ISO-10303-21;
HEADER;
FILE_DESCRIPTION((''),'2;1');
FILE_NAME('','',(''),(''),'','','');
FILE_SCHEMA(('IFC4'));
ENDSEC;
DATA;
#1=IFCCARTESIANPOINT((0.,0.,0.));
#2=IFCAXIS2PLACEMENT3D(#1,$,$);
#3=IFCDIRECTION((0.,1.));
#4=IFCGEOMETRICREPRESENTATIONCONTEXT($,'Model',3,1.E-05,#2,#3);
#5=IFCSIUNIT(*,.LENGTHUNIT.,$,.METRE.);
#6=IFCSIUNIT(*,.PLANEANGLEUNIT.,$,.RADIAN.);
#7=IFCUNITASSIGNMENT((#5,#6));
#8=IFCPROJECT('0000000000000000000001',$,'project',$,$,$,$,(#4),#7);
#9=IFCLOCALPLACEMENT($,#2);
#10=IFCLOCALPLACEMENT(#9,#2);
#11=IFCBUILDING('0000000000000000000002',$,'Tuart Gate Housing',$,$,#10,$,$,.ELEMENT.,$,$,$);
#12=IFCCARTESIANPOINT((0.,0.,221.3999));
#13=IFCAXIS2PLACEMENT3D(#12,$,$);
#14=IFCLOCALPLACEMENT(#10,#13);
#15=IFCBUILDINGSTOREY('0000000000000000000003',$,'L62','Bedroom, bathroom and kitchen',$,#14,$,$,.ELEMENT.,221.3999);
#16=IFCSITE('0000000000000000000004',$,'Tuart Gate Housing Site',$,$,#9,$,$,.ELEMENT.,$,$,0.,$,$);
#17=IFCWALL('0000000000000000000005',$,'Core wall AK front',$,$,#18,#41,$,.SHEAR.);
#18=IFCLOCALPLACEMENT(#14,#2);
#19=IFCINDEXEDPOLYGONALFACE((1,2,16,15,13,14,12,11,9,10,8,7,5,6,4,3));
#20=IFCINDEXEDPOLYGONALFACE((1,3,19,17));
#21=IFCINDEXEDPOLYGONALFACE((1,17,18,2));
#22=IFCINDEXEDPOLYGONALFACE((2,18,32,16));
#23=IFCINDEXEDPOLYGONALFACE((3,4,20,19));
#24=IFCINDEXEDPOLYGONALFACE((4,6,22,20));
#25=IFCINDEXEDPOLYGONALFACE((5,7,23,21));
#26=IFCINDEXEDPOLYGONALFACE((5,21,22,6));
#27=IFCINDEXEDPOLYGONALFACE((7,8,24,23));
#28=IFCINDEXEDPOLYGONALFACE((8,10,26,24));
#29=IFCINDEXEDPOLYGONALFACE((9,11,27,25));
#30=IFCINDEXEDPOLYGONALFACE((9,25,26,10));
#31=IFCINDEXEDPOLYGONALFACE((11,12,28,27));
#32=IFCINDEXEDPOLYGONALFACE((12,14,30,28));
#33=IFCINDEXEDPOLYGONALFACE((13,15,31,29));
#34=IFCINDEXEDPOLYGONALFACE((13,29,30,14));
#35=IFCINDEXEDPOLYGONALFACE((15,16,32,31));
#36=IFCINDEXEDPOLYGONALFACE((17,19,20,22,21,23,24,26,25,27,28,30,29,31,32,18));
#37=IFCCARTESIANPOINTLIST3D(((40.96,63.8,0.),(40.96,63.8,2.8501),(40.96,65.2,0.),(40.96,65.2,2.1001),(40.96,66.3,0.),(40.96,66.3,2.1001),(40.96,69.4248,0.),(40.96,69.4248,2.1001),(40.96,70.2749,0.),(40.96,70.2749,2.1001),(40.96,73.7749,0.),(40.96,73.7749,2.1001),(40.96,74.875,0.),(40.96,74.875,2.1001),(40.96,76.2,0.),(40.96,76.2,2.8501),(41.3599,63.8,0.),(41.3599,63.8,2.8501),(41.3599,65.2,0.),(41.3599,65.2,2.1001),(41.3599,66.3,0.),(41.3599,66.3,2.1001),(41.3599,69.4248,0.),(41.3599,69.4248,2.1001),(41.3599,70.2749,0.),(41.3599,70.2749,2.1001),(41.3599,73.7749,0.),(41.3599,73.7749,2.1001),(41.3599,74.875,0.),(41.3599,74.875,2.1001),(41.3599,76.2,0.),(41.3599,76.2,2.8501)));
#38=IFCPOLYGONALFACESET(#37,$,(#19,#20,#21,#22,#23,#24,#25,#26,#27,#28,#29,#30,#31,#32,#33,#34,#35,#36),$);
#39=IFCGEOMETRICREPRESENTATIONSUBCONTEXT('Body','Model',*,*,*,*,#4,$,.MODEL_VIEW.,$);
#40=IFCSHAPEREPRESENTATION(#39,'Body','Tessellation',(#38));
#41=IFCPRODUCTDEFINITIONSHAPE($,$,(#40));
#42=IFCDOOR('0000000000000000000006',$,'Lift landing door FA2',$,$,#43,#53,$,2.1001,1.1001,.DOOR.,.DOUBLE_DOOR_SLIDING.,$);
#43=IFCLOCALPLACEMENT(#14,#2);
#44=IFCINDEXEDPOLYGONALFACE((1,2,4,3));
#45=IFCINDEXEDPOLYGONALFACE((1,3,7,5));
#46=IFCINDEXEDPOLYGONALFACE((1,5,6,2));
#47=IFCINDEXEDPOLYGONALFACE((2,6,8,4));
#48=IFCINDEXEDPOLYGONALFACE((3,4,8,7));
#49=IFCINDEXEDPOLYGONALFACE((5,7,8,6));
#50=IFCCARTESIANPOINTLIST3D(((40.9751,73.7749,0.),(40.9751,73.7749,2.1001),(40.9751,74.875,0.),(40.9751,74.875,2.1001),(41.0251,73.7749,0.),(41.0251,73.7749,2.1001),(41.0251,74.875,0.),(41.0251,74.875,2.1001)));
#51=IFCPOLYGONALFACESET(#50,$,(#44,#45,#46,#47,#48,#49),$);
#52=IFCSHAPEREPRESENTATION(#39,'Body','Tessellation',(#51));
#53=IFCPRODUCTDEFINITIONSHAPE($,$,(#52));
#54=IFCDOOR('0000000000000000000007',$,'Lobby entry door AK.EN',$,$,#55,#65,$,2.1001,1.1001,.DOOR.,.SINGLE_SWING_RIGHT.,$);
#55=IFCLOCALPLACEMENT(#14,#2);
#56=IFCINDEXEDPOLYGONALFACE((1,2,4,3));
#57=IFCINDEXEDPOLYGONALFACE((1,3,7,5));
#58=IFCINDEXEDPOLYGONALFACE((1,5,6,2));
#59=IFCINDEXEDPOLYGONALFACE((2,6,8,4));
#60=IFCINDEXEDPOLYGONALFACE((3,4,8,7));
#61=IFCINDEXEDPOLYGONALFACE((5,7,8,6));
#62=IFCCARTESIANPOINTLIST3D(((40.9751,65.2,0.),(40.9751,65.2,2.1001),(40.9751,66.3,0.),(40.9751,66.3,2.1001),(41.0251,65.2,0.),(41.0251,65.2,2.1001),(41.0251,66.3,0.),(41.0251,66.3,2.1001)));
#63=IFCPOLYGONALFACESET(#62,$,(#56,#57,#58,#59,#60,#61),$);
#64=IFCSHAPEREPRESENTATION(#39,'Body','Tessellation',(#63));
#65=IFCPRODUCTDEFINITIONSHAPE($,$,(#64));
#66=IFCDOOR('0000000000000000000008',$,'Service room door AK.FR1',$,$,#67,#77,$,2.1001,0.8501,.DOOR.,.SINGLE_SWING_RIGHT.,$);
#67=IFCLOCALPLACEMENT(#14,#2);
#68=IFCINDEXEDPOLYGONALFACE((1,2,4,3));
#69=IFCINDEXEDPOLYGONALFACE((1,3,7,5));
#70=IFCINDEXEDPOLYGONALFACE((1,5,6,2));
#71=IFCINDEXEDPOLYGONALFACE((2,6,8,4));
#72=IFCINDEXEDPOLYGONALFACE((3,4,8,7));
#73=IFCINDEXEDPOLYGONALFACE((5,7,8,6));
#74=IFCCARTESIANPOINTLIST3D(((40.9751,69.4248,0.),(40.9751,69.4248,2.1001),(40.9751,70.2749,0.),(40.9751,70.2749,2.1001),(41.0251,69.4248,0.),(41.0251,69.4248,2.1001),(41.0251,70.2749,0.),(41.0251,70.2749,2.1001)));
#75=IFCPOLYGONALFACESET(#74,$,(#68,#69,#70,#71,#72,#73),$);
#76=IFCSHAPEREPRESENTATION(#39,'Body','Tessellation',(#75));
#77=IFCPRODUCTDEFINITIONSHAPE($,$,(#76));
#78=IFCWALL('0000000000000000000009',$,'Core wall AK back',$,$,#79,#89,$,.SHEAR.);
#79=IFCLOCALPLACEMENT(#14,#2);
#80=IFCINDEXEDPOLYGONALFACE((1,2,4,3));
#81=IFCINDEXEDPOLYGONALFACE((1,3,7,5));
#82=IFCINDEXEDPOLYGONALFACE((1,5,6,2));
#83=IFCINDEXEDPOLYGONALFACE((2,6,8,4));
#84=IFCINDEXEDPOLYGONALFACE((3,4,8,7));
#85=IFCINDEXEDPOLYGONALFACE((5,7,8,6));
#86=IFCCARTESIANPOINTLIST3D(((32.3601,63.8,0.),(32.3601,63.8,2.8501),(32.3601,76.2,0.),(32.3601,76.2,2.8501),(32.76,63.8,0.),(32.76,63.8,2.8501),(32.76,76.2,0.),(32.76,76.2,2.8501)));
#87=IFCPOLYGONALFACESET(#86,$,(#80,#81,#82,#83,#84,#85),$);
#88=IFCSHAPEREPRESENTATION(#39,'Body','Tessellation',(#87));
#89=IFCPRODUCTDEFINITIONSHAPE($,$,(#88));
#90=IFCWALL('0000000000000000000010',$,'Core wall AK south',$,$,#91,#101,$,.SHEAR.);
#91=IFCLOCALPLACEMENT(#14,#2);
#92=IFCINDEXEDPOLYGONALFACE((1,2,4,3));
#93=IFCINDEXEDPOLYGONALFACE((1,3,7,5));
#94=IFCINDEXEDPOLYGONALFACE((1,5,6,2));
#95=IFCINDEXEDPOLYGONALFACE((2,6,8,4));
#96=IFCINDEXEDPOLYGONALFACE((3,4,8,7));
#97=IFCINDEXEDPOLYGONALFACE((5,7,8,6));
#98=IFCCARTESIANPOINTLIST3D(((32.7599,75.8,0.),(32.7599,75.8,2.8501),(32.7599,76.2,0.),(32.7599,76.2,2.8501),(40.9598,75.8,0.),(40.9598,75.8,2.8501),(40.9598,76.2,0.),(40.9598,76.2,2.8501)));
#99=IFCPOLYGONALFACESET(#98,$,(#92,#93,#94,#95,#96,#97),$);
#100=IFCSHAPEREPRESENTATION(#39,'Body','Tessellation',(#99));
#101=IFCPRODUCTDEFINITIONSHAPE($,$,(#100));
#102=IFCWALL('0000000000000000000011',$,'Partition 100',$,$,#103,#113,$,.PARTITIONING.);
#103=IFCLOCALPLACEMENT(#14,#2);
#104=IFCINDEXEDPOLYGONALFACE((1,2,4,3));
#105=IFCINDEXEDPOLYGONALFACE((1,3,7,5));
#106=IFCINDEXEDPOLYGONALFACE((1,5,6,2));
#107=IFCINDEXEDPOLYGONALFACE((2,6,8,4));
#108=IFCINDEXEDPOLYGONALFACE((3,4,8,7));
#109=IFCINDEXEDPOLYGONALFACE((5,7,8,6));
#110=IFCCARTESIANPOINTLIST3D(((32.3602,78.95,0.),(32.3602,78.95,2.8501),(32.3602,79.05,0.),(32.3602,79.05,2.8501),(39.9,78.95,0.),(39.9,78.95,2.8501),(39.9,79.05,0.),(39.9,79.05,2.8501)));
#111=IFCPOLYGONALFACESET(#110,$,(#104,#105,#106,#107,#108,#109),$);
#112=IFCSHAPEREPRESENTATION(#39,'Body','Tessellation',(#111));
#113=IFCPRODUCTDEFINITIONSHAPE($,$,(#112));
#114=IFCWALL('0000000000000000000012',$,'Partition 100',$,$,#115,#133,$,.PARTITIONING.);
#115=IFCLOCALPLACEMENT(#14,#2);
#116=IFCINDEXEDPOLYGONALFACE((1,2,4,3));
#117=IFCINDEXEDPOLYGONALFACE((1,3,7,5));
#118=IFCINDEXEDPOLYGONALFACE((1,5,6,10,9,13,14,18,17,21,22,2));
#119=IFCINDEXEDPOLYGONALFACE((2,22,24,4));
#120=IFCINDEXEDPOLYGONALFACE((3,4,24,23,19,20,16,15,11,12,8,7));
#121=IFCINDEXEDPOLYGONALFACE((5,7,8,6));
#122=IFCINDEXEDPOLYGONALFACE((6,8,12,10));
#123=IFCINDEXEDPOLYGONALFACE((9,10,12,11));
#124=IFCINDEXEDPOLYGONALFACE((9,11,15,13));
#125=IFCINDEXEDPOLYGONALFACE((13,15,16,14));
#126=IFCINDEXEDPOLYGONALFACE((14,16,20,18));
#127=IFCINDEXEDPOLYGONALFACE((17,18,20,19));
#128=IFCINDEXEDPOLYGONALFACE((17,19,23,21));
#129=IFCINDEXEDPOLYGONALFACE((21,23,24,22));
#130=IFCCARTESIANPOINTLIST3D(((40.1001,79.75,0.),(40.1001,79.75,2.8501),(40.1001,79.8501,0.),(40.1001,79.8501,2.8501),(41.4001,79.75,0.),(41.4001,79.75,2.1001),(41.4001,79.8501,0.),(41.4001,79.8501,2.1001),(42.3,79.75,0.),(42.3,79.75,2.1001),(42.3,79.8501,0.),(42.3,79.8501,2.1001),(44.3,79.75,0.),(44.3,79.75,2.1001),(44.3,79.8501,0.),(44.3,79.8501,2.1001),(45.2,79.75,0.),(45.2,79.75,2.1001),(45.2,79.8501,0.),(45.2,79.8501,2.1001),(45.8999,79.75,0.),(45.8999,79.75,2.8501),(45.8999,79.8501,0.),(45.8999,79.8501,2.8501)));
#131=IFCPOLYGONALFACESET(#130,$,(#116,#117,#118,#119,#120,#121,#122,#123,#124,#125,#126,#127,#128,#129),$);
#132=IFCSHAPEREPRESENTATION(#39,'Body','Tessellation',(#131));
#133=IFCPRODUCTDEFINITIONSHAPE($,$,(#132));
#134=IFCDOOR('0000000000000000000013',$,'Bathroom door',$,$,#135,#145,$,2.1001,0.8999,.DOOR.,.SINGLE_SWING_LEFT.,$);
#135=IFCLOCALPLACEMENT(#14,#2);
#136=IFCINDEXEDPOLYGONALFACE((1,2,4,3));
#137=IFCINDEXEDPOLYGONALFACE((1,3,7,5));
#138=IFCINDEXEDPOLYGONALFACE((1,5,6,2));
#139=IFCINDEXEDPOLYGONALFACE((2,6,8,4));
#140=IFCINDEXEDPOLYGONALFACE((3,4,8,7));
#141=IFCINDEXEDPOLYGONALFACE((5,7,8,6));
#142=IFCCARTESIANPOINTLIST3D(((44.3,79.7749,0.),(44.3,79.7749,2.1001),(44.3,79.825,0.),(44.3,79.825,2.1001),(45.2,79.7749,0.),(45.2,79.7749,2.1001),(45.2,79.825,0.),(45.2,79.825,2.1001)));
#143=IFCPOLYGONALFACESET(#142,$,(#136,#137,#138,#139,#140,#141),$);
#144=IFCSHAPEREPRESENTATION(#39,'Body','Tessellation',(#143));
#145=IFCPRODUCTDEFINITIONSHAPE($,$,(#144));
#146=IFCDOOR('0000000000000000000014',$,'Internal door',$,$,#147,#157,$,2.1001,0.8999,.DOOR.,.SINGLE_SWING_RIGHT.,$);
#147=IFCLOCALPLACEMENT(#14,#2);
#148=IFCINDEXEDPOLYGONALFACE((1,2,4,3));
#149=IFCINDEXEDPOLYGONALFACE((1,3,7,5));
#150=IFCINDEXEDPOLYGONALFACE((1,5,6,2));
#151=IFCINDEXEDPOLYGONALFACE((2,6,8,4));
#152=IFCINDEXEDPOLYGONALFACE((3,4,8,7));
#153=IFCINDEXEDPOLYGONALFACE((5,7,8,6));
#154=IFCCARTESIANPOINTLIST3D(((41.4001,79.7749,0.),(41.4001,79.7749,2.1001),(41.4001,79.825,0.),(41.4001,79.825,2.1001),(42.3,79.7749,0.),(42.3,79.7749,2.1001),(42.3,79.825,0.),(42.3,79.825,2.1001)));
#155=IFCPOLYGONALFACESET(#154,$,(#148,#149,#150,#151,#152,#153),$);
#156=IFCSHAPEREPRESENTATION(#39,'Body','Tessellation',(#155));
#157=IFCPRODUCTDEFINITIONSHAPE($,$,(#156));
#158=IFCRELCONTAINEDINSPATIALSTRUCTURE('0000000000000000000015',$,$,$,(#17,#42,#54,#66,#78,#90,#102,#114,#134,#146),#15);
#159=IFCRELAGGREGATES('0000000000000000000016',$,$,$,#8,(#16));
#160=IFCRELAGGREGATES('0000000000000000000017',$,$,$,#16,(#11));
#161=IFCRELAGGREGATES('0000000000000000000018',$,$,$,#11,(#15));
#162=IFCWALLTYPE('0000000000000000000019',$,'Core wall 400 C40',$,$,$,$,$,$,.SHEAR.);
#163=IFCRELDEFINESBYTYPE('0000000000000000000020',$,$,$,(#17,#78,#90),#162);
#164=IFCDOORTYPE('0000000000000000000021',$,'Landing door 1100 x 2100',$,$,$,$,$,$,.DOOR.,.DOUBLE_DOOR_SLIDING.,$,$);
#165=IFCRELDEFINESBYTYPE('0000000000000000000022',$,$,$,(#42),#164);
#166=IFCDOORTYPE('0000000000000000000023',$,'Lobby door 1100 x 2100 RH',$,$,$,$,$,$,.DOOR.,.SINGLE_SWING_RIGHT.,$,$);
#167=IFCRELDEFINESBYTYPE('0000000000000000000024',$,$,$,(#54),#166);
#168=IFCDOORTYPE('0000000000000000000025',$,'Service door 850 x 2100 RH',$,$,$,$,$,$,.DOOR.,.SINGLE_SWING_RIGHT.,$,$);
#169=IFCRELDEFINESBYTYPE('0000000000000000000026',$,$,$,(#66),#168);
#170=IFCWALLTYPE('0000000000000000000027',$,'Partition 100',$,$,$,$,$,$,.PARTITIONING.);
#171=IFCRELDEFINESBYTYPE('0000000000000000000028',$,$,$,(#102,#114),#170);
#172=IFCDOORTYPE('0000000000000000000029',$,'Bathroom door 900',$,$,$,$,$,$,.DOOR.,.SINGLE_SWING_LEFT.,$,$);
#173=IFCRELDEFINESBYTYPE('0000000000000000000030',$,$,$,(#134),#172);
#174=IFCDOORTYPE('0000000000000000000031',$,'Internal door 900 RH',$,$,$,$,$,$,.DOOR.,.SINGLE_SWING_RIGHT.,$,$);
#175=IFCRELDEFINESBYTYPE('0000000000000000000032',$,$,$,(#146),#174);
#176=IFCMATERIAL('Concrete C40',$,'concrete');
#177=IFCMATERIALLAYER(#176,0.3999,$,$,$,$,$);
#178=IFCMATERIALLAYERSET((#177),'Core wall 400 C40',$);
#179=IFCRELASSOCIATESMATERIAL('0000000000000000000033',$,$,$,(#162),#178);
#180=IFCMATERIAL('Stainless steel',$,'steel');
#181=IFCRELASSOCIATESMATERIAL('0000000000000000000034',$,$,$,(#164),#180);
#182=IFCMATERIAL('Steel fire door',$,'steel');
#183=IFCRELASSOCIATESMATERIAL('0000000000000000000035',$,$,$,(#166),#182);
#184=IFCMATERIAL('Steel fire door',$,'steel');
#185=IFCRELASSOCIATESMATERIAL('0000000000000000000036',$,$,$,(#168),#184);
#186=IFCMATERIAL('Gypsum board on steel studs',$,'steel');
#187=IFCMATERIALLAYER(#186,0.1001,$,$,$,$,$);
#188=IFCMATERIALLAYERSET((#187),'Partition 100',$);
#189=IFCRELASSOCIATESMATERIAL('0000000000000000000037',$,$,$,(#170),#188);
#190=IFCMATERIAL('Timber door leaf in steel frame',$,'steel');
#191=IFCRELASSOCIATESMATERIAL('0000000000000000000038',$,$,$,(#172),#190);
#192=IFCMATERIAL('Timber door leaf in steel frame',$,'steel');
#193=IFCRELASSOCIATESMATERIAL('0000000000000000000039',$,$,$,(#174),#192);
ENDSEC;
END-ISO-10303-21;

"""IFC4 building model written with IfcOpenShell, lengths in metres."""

from ifc_helpers import new_model, si_unit, direction, frame, frame_2d, origin, place, context, subcontext, project, spatial, rectangle, extrude, material, layer, layer_set, type_object, element, fill, save


model = new_model("IFC4")

# Units and contexts
model_context = context("Model", 3, precision=1e-05, world=origin(), true_north=direction((0.0, 1.0)))
body_context = subcontext(model_context, "Body", "Model", "MODEL_VIEW")
ifc_project = project(units=[si_unit("LENGTHUNIT", "METRE"), si_unit("PLANEANGLEUNIT", "RADIAN")], contexts=[model_context])

# Site, building, storey
site_placement = place(None, origin())
site = spatial("IfcSite", under=ifc_project, at=site_placement, Name="Tuart Gate Housing Site", CompositionType="ELEMENT", RefElevation=0.0)
building_placement = place(site_placement, origin())
building = spatial("IfcBuilding", under=site, at=building_placement, Name="Tuart Gate Housing", CompositionType="ELEMENT")
storey_placement = place(building_placement, frame((0.0, 0.0, 221.3999)))
storey = spatial("IfcBuildingStorey", under=building, at=storey_placement, Name="L62", Description="Bedroom, bathroom and kitchen", CompositionType="ELEMENT", Elevation=221.3999)

# Wall, openings, doors
ifc_material_1 = material(Name="Concrete C40", Category="concrete")
ifc_layer_1 = layer(ifc_material_1, 0.3999)
ifc_layer_set_1 = layer_set([ifc_layer_1], Name="Core wall 400 C40")
wall_type_1 = type_object("IfcWallType", Name="Core wall 400 C40", PredefinedType="SHEAR", material=ifc_layer_set_1)
wall_1_placement = place(storey_placement, frame((41.1599, 76.2, 0.0), z_axis=(0.0, 0.0, 1.0), x_axis=(0.0, -1.0, 0.0)))
wall_1 = element("IfcWall", 1, at=wall_1_placement, inside=storey, type_object=wall_type_1, Name="Core wall AK front", PredefinedType="SHEAR", context=body_context, shape_type="SweptSolid", body=[
    extrude(rectangle(XDim=12.3999, YDim=0.3999, at=frame_2d((6.2, 0.0))), origin(), (0.0, 0.0, 1.0), 2.8501),
])
opening_1_placement = place(wall_1_placement, frame((1.325, 0.0, 0.0)))
opening_1 = element("IfcOpeningElement", 2, at=opening_1_placement, cuts=wall_1, PredefinedType="OPENING", context=body_context, shape_type="SweptSolid", body=[
    extrude(rectangle(XDim=1.1001, YDim=2.1001, at=frame_2d((0.55, 1.05))), frame((0.0, 0.21, 0.0), z_axis=(0.0, -1.0, 0.0), x_axis=(1.0, 0.0, 0.0)), (0.0, 0.0, 1.0), 0.4199),
])
opening_2_placement = place(wall_1_placement, frame((5.925, 0.0, 0.0)))
opening_2 = element("IfcOpeningElement", 3, at=opening_2_placement, cuts=wall_1, PredefinedType="OPENING", context=body_context, shape_type="SweptSolid", body=[
    extrude(rectangle(XDim=0.8501, YDim=2.1001, at=frame_2d((0.425, 1.05))), frame((0.0, 0.21, 0.0), z_axis=(0.0, -1.0, 0.0), x_axis=(1.0, 0.0, 0.0)), (0.0, 0.0, 1.0), 0.4199),
])
opening_3_placement = place(wall_1_placement, frame((9.8999, 0.0, 0.0)))
opening_3 = element("IfcOpeningElement", 4, at=opening_3_placement, cuts=wall_1, PredefinedType="OPENING", context=body_context, shape_type="SweptSolid", body=[
    extrude(rectangle(XDim=1.1001, YDim=2.1001, at=frame_2d((0.55, 1.05))), frame((0.0, 0.21, 0.0), z_axis=(0.0, -1.0, 0.0), x_axis=(1.0, 0.0, 0.0)), (0.0, 0.0, 1.0), 0.4199),
])
ifc_material_2 = material(Name="Stainless steel", Category="steel")
door_type_1 = type_object("IfcDoorType", Name="Landing door 1100 x 2100", OperationType="DOUBLE_DOOR_SLIDING", PredefinedType="DOOR", material=ifc_material_2)
door_1_placement = place(opening_1_placement, origin())
door_1 = element("IfcDoor", 5, at=door_1_placement, inside=storey, type_object=door_type_1, Name="Lift landing door FA2", OperationType="DOUBLE_DOOR_SLIDING", OverallHeight=2.1001, OverallWidth=1.1001, PredefinedType="DOOR", context=body_context, shape_type="SweptSolid", body=[
    extrude(rectangle(XDim=1.1001, YDim=2.1001, at=frame_2d((0.55, 1.05))), frame((0.0, -0.1348, 0.0), z_axis=(0.0, -1.0, 0.0), x_axis=(1.0, 0.0, 0.0)), (0.0, 0.0, 1.0), 0.05),
])
fill(opening_1, door_1)
ifc_material_3 = material(Name="Steel fire door", Category="steel")
door_type_2 = type_object("IfcDoorType", Name="Lobby door 1100 x 2100 RH", OperationType="SINGLE_SWING_RIGHT", PredefinedType="DOOR", material=ifc_material_3)
door_2_placement = place(opening_3_placement, frame((1.1001, 0.0, 0.0), z_axis=(0.0, 0.0, 1.0), x_axis=(-1.0, 0.0, 0.0)))
door_2 = element("IfcDoor", 6, at=door_2_placement, inside=storey, type_object=door_type_2, Name="Lobby entry door AK.EN", OperationType="SINGLE_SWING_RIGHT", OverallHeight=2.1001, OverallWidth=1.1001, PredefinedType="DOOR", context=body_context, shape_type="SweptSolid", body=[
    extrude(rectangle(XDim=1.1001, YDim=2.1001, at=frame_2d((0.55, 1.05))), frame((0.0, 0.1848, 0.0), z_axis=(0.0, -1.0, 0.0), x_axis=(1.0, 0.0, 0.0)), (0.0, 0.0, 1.0), 0.05),
])
fill(opening_3, door_2)
ifc_material_4 = material(Name="Steel fire door", Category="steel")
door_type_3 = type_object("IfcDoorType", Name="Service door 850 x 2100 RH", OperationType="SINGLE_SWING_RIGHT", PredefinedType="DOOR", material=ifc_material_4)
door_3_placement = place(opening_2_placement, frame((0.8501, 0.0, 0.0), z_axis=(0.0, 0.0, 1.0), x_axis=(-1.0, 0.0, 0.0)))
door_3 = element("IfcDoor", 7, at=door_3_placement, inside=storey, type_object=door_type_3, Name="Service room door AK.FR1", OperationType="SINGLE_SWING_RIGHT", OverallHeight=2.1001, OverallWidth=0.8501, PredefinedType="DOOR", context=body_context, shape_type="SweptSolid", body=[
    extrude(rectangle(XDim=0.8501, YDim=2.1001, at=frame_2d((0.425, 1.05))), frame((0.0, 0.1848, 0.0), z_axis=(0.0, -1.0, 0.0), x_axis=(1.0, 0.0, 0.0)), (0.0, 0.0, 1.0), 0.05),
])
fill(opening_2, door_3)

# Walls
wall_2_placement = place(storey_placement, frame((32.5601, 76.2, 0.0), z_axis=(0.0, 0.0, 1.0), x_axis=(0.0, -1.0, 0.0)))
element("IfcWall", 8, at=wall_2_placement, inside=storey, type_object=wall_type_1, Name="Core wall AK back", PredefinedType="SHEAR", context=body_context, shape_type="SweptSolid", body=[
    extrude(rectangle(XDim=12.3999, YDim=0.3999, at=frame_2d((6.2, 0.0))), origin(), (0.0, 0.0, 1.0), 2.8501),
])
wall_3_placement = place(storey_placement, frame((40.96, 76.0, 0.0), z_axis=(0.0, 0.0, 1.0), x_axis=(-1.0, 0.0, 0.0)))
element("IfcWall", 9, at=wall_3_placement, inside=storey, type_object=wall_type_1, Name="Core wall AK south", PredefinedType="SHEAR", context=body_context, shape_type="SweptSolid", body=[
    extrude(rectangle(XDim=8.2, YDim=0.3999, at=frame_2d((4.1001, 0.0))), origin(), (0.0, 0.0, 1.0), 2.8501),
])
ifc_material_5 = material(Name="Gypsum board on steel studs", Category="steel")
ifc_layer_2 = layer(ifc_material_5, 0.1001)
ifc_layer_set_2 = layer_set([ifc_layer_2], Name="Partition 100")
wall_type_2 = type_object("IfcWallType", Name="Partition 100", PredefinedType="PARTITIONING", material=ifc_layer_set_2)
wall_4_placement = place(storey_placement, frame((32.3601, 79.0, 0.0), z_axis=(0.0, 0.0, 1.0), x_axis=(1.0, 0.0, 0.0)))
element("IfcWall", 10, at=wall_4_placement, inside=storey, type_object=wall_type_2, Name="Partition 100", PredefinedType="PARTITIONING", context=body_context, shape_type="SweptSolid", body=[
    extrude(rectangle(XDim=7.5398, YDim=0.1001, at=frame_2d((3.77, 0.0))), origin(), (0.0, 0.0, 1.0), 2.8501),
])

# Wall, openings, doors
wall_5_placement = place(storey_placement, frame((40.1001, 79.8, 0.0), z_axis=(0.0, 0.0, 1.0), x_axis=(1.0, 0.0, 0.0)))
wall_5 = element("IfcWall", 11, at=wall_5_placement, inside=storey, type_object=wall_type_2, Name="Partition 100", PredefinedType="PARTITIONING", context=body_context, shape_type="SweptSolid", body=[
    extrude(rectangle(XDim=5.7998, YDim=0.1001, at=frame_2d((2.8999, 0.0))), origin(), (0.0, 0.0, 1.0), 2.8501),
])
opening_4_placement = place(wall_5_placement, frame((1.3, 0.0, 0.0)))
opening_4 = element("IfcOpeningElement", 12, at=opening_4_placement, cuts=wall_5, PredefinedType="OPENING", context=body_context, shape_type="SweptSolid", body=[
    extrude(rectangle(XDim=0.8999, YDim=2.1001, at=frame_2d((0.45, 1.05))), frame((0.0, 0.0601, 0.0), z_axis=(0.0, -1.0, 0.0), x_axis=(1.0, 0.0, 0.0)), (0.0, 0.0, 1.0), 0.1201),
])
opening_5_placement = place(wall_5_placement, frame((4.2, 0.0, 0.0)))
opening_5 = element("IfcOpeningElement", 13, at=opening_5_placement, cuts=wall_5, PredefinedType="OPENING", context=body_context, shape_type="SweptSolid", body=[
    extrude(rectangle(XDim=0.8999, YDim=2.1001, at=frame_2d((0.45, 1.05))), frame((0.0, 0.0601, 0.0), z_axis=(0.0, -1.0, 0.0), x_axis=(1.0, 0.0, 0.0)), (0.0, 0.0, 1.0), 0.1201),
])
ifc_material_6 = material(Name="Timber door leaf in steel frame", Category="steel")
door_type_4 = type_object("IfcDoorType", Name="Bathroom door 900", OperationType="SINGLE_SWING_LEFT", PredefinedType="DOOR", material=ifc_material_6)
door_4_placement = place(opening_5_placement, origin())
door_4 = element("IfcDoor", 14, at=door_4_placement, inside=storey, type_object=door_type_4, Name="Bathroom door", OperationType="SINGLE_SWING_LEFT", OverallHeight=2.1001, OverallWidth=0.8999, PredefinedType="DOOR", context=body_context, shape_type="SweptSolid", body=[
    extrude(rectangle(XDim=0.8999, YDim=2.1001, at=frame_2d((0.45, 1.05))), frame((0.0, 0.0249, 0.0), z_axis=(0.0, -1.0, 0.0), x_axis=(1.0, 0.0, 0.0)), (0.0, 0.0, 1.0), 0.05),
])
fill(opening_5, door_4)
ifc_material_7 = material(Name="Timber door leaf in steel frame", Category="steel")
door_type_5 = type_object("IfcDoorType", Name="Internal door 900 RH", OperationType="SINGLE_SWING_RIGHT", PredefinedType="DOOR", material=ifc_material_7)
door_5_placement = place(opening_4_placement, frame((0.8999, 0.0, 0.0), z_axis=(0.0, 0.0, 1.0), x_axis=(-1.0, 0.0, 0.0)))
door_5 = element("IfcDoor", 15, at=door_5_placement, inside=storey, type_object=door_type_5, Name="Internal door", OperationType="SINGLE_SWING_RIGHT", OverallHeight=2.1001, OverallWidth=0.8999, PredefinedType="DOOR", context=body_context, shape_type="SweptSolid", body=[
    extrude(rectangle(XDim=0.8999, YDim=2.1001, at=frame_2d((0.45, 1.05))), frame((0.0, 0.0251, 0.0), z_axis=(0.0, -1.0, 0.0), x_axis=(1.0, 0.0, 0.0)), (0.0, 0.0, 1.0), 0.05),
])
fill(opening_4, door_5)

save(model, "model.ifc")
